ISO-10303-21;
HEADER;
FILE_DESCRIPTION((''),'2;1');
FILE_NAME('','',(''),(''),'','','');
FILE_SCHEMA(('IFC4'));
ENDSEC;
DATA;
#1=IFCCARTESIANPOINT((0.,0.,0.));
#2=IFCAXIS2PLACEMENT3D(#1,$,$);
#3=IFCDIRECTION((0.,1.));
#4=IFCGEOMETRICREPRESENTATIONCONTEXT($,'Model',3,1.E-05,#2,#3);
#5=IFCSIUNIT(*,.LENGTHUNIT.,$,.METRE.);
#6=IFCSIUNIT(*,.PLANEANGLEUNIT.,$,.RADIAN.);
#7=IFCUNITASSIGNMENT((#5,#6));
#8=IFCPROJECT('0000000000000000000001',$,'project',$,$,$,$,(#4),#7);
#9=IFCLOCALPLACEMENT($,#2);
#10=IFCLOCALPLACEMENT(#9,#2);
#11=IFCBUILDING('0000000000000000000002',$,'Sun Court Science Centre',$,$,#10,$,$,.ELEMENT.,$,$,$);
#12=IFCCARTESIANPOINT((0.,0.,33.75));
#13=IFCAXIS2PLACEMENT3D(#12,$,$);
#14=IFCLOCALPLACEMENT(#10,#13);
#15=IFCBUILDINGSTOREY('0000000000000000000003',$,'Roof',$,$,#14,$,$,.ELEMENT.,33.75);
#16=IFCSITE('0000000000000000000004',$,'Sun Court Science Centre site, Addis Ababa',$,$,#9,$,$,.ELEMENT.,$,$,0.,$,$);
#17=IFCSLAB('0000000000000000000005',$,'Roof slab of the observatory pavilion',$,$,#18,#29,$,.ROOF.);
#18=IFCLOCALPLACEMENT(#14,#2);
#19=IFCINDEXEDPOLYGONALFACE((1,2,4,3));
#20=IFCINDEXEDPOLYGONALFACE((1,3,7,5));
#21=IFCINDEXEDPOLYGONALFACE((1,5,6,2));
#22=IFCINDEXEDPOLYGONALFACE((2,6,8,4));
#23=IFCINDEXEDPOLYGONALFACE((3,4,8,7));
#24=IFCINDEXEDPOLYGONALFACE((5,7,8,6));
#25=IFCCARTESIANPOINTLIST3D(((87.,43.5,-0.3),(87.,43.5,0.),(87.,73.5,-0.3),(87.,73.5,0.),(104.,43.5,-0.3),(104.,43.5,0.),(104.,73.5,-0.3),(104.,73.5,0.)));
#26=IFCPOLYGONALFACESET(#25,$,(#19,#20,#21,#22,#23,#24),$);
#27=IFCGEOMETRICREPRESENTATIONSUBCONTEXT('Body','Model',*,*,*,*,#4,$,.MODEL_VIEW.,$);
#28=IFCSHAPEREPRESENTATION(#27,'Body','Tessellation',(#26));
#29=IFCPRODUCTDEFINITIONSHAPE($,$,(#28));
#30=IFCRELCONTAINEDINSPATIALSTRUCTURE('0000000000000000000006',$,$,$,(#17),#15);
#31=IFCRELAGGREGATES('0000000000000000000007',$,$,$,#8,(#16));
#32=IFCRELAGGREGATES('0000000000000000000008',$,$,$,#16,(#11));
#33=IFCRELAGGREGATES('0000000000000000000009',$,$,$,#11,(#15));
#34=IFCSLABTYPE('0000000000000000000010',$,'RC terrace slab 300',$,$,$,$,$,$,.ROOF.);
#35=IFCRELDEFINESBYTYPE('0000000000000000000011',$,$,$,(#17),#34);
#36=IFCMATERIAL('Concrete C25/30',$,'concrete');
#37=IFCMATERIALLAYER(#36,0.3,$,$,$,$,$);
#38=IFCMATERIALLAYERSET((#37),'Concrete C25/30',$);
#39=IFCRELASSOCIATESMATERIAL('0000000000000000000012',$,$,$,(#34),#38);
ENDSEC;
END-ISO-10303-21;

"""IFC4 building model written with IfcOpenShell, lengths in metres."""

from ifc_helpers import new_model, si_unit, direction, frame, origin, place, context, subcontext, project, spatial, polyline, outline, extrude, material, layer, layer_set, type_object, element, save


model = new_model("IFC4")

# Units and contexts
model_context = context("Model", 3, precision=1e-05, world=origin(), true_north=direction((0.0, 1.0)))
body_context = subcontext(model_context, "Body", "Model", "MODEL_VIEW")
ifc_project = project(units=[si_unit("LENGTHUNIT", "METRE"), si_unit("PLANEANGLEUNIT", "RADIAN")], contexts=[model_context])

# Site, building, storey
site_placement = place(None, origin())
site = spatial("IfcSite", under=ifc_project, at=site_placement, Name="Sun Court Science Centre site, Addis Ababa", CompositionType="ELEMENT", RefElevation=0.0)
building_placement = place(site_placement, origin())
building = spatial("IfcBuilding", under=site, at=building_placement, Name="Sun Court Science Centre", CompositionType="ELEMENT")
storey_placement = place(building_placement, frame((0.0, 0.0, 33.75)))
storey = spatial("IfcBuildingStorey", under=building, at=storey_placement, Name="Roof", CompositionType="ELEMENT", Elevation=33.75)

# Slab
ifc_material_1 = material(Name="Concrete C25/30", Category="concrete")
ifc_layer_1 = layer(ifc_material_1, 0.3)
ifc_layer_set_1 = layer_set([ifc_layer_1], Name="Concrete C25/30")
slab_type = type_object("IfcSlabType", Name="RC terrace slab 300", PredefinedType="ROOF", material=ifc_layer_set_1)
slab_placement = place(storey_placement, frame((0.0, 0.0, -0.3)))
element("IfcSlab", 1, at=slab_placement, inside=storey, type_object=slab_type, Name="Roof slab of the observatory pavilion", PredefinedType="ROOF", context=body_context, shape_type="SweptSolid", body=[
    extrude(outline(polyline([(104.0, 43.5), (104.0, 73.5), (87.0, 73.5), (87.0, 43.5), (104.0, 43.5)])), origin(), (0.0, 0.0, 1.0), 0.3),
])

save(model, "model.ifc")
